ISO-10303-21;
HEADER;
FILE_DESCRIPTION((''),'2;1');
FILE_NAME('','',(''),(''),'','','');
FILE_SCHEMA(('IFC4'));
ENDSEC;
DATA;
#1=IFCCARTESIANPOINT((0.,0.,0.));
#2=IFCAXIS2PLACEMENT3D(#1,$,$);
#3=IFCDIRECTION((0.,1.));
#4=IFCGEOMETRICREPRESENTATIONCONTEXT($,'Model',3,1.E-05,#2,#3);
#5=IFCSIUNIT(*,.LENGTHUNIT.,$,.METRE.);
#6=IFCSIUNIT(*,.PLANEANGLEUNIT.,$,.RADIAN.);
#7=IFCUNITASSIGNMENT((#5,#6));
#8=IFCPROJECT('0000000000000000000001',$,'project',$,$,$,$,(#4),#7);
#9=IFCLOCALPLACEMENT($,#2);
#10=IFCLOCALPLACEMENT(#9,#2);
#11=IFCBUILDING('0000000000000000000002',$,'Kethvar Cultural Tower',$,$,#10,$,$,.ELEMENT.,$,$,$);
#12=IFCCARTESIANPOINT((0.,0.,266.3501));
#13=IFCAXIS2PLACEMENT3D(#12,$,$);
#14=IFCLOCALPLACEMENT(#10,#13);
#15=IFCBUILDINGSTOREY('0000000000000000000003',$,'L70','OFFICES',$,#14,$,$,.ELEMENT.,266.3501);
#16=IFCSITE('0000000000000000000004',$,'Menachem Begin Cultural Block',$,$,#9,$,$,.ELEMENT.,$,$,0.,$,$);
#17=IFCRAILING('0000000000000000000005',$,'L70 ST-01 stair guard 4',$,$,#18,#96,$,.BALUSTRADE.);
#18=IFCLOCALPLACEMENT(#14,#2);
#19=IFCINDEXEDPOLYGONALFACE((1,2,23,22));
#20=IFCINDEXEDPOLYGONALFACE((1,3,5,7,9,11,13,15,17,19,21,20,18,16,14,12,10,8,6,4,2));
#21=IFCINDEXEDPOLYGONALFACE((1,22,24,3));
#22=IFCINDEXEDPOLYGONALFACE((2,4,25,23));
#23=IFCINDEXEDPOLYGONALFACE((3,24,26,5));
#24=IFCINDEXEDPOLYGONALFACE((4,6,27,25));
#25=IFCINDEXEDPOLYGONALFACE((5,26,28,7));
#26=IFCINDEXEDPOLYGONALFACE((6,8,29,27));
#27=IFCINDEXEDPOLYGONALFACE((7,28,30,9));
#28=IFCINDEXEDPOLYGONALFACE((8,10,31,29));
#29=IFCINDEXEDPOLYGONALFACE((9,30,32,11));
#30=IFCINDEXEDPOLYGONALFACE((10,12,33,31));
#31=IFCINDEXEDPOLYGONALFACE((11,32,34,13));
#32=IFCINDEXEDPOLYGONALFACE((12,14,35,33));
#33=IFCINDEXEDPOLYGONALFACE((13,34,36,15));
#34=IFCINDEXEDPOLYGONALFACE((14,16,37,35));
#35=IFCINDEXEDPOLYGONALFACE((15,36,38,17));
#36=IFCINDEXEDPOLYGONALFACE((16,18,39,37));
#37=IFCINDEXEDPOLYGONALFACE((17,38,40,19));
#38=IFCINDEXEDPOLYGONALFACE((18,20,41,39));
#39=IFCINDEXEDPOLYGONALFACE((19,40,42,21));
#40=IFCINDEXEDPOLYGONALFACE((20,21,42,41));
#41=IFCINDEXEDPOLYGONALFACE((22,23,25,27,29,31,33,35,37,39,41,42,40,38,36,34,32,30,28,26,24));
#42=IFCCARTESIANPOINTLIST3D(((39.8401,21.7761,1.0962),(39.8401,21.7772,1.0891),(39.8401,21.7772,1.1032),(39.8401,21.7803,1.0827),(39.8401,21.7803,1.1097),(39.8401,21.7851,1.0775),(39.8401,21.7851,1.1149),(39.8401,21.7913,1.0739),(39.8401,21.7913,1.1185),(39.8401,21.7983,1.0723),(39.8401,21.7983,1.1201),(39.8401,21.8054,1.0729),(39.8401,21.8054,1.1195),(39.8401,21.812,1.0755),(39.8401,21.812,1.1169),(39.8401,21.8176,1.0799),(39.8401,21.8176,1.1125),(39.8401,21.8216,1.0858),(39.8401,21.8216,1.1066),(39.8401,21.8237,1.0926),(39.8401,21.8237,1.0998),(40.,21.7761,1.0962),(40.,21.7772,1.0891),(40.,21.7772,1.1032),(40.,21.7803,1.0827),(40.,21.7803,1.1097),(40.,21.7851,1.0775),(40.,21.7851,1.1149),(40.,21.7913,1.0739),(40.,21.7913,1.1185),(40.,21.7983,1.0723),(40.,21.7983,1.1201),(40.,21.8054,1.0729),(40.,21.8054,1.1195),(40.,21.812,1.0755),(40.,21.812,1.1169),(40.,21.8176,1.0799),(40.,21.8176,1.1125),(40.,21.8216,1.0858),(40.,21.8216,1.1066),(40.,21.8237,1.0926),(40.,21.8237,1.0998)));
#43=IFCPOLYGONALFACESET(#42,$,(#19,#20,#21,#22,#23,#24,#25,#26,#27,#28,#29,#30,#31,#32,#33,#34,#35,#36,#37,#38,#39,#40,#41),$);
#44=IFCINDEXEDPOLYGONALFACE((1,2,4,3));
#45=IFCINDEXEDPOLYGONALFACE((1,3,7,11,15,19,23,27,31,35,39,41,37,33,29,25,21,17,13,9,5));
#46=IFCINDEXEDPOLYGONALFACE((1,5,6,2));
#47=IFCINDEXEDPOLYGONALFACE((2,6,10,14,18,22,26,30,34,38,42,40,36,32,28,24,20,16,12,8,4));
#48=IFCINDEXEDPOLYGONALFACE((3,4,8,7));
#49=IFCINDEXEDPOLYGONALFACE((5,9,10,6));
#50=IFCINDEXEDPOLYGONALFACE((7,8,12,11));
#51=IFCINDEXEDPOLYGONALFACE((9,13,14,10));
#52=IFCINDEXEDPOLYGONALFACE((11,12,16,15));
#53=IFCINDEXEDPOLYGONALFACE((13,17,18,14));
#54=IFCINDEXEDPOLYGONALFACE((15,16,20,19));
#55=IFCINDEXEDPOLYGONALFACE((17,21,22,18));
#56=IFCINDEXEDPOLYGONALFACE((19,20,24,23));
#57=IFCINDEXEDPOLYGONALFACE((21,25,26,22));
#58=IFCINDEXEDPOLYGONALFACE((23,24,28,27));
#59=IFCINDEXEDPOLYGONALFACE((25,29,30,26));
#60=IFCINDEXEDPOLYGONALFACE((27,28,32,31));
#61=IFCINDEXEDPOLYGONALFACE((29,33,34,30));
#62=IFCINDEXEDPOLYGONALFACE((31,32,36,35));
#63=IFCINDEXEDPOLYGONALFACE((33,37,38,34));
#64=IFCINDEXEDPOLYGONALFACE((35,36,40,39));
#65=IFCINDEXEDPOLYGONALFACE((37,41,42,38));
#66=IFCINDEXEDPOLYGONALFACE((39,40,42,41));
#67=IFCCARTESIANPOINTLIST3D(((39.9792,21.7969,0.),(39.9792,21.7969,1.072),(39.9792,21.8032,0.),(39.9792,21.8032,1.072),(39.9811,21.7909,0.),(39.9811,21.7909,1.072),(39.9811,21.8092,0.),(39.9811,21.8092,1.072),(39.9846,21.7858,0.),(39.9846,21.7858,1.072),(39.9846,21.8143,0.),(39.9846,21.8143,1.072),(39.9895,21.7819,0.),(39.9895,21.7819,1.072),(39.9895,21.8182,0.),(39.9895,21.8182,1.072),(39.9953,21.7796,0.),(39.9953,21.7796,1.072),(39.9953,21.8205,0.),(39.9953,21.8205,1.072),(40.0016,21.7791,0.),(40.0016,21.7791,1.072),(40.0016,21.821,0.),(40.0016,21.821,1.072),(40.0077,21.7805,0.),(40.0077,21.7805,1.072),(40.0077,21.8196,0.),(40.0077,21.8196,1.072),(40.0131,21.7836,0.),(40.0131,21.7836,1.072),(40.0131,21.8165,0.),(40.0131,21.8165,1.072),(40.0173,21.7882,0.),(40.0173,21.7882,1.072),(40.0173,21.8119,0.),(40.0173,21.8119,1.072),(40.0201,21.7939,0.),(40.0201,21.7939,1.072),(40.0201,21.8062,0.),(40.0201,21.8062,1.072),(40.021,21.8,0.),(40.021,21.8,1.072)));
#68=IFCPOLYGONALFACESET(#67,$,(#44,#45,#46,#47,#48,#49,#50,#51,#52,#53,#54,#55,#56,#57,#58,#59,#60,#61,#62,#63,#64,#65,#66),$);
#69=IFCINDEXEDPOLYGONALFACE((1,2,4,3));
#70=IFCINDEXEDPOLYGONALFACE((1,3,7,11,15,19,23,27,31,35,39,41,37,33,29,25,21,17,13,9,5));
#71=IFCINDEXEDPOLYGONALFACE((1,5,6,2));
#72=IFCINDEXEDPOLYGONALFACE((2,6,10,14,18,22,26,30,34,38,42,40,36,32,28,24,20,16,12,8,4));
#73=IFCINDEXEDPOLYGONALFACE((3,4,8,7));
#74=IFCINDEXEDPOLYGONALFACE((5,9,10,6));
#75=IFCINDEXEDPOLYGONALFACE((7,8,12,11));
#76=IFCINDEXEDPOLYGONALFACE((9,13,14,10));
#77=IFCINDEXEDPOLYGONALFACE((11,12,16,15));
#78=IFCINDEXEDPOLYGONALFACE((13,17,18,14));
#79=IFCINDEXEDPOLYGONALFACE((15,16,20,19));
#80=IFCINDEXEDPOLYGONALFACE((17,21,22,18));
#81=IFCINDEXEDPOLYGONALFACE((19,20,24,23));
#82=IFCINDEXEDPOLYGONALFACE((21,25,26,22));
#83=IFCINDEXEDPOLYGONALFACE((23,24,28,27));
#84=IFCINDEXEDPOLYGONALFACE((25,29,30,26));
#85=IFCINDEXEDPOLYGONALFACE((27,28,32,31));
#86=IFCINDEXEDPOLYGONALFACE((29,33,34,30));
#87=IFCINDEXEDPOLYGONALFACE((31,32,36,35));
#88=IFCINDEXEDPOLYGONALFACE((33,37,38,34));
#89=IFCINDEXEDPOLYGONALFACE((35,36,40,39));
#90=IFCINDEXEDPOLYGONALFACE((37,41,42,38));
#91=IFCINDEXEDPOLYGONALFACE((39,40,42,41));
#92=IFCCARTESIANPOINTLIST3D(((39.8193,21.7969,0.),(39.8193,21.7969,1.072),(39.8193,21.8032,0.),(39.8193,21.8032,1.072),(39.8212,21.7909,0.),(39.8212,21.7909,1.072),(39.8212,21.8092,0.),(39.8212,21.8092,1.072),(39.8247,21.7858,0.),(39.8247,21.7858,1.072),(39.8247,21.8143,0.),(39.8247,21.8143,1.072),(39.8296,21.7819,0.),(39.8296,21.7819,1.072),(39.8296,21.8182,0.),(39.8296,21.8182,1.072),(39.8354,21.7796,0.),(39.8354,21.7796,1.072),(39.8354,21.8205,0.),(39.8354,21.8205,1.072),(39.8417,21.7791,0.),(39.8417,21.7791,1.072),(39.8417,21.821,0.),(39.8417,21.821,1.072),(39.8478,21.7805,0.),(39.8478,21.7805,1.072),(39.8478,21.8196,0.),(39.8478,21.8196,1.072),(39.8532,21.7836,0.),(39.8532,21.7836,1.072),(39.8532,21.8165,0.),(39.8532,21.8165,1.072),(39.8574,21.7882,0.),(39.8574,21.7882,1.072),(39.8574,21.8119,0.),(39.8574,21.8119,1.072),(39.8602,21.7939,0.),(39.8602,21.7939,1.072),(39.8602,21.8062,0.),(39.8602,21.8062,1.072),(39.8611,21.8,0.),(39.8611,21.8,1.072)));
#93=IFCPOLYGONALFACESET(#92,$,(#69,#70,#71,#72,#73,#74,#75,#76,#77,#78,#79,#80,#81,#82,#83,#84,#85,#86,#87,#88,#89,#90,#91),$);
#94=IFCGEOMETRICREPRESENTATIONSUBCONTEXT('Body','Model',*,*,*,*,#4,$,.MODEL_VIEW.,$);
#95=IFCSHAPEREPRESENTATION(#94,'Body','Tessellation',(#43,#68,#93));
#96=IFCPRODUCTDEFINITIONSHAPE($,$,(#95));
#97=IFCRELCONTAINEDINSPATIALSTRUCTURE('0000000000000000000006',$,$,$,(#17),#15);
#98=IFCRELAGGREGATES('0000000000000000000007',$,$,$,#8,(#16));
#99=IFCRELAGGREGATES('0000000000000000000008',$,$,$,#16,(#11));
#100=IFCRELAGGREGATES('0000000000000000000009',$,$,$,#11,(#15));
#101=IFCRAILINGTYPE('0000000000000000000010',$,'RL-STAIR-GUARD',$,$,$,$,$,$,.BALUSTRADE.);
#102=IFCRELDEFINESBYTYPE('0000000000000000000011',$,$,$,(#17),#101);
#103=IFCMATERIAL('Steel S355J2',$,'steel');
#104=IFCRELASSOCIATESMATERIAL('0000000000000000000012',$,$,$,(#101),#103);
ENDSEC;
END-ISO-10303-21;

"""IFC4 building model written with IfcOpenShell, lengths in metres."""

from ifc_helpers import new_model, si_unit, direction, frame, origin, origin_2d, place, context, subcontext, project, spatial, circle, extrude, material, type_object, element, save


model = new_model("IFC4")

# Units and contexts
model_context = context("Model", 3, precision=1e-05, world=origin(), true_north=direction((0.0, 1.0)))
body_context = subcontext(model_context, "Body", "Model", "MODEL_VIEW")
ifc_project = project(units=[si_unit("LENGTHUNIT", "METRE"), si_unit("PLANEANGLEUNIT", "RADIAN")], contexts=[model_context])

# Site, building, storey
site_placement = place(None, origin())
site = spatial("IfcSite", under=ifc_project, at=site_placement, Name="Menachem Begin Cultural Block", CompositionType="ELEMENT", RefElevation=0.0)
building_placement = place(site_placement, origin())
building = spatial("IfcBuilding", under=site, at=building_placement, Name="Kethvar Cultural Tower", CompositionType="ELEMENT")
storey_placement = place(building_placement, frame((0.0, 0.0, 266.3501)))
storey = spatial("IfcBuildingStorey", under=building, at=storey_placement, Name="L70", Description="OFFICES", CompositionType="ELEMENT", Elevation=266.3501)

# Shared definitions
ifc_material_1 = material(Name="Steel S355J2", Category="steel")

# Railing
railing_type_1 = type_object("IfcRailingType", Name="RL-STAIR-GUARD", PredefinedType="BALUSTRADE", material=ifc_material_1)
railing_1_placement = place(storey_placement, frame((40.0, 21.8, 0.0)))
element("IfcRailing", 1, at=railing_1_placement, inside=storey, type_object=railing_type_1, Name="L70 ST-01 stair guard 4", PredefinedType="BALUSTRADE", context=body_context, shape_type="SweptSolid", body=[
    extrude(circle(Radius=0.0239, at=origin_2d()), frame((0.0, 0.0, 1.0962), z_axis=(-1.0, 0.0, 0.0), x_axis=(0.0, -1.0, 0.0)), (0.0, 0.0, 1.0), 0.1599),
    extrude(circle(Radius=0.021, at=origin_2d()), origin(), (0.0, 0.0, 1.0), 1.072),
    extrude(circle(Radius=0.021, at=origin_2d()), frame((-0.1599, 0.0, 0.0)), (0.0, 0.0, 1.0), 1.072),
])

save(model, "model.ifc")
